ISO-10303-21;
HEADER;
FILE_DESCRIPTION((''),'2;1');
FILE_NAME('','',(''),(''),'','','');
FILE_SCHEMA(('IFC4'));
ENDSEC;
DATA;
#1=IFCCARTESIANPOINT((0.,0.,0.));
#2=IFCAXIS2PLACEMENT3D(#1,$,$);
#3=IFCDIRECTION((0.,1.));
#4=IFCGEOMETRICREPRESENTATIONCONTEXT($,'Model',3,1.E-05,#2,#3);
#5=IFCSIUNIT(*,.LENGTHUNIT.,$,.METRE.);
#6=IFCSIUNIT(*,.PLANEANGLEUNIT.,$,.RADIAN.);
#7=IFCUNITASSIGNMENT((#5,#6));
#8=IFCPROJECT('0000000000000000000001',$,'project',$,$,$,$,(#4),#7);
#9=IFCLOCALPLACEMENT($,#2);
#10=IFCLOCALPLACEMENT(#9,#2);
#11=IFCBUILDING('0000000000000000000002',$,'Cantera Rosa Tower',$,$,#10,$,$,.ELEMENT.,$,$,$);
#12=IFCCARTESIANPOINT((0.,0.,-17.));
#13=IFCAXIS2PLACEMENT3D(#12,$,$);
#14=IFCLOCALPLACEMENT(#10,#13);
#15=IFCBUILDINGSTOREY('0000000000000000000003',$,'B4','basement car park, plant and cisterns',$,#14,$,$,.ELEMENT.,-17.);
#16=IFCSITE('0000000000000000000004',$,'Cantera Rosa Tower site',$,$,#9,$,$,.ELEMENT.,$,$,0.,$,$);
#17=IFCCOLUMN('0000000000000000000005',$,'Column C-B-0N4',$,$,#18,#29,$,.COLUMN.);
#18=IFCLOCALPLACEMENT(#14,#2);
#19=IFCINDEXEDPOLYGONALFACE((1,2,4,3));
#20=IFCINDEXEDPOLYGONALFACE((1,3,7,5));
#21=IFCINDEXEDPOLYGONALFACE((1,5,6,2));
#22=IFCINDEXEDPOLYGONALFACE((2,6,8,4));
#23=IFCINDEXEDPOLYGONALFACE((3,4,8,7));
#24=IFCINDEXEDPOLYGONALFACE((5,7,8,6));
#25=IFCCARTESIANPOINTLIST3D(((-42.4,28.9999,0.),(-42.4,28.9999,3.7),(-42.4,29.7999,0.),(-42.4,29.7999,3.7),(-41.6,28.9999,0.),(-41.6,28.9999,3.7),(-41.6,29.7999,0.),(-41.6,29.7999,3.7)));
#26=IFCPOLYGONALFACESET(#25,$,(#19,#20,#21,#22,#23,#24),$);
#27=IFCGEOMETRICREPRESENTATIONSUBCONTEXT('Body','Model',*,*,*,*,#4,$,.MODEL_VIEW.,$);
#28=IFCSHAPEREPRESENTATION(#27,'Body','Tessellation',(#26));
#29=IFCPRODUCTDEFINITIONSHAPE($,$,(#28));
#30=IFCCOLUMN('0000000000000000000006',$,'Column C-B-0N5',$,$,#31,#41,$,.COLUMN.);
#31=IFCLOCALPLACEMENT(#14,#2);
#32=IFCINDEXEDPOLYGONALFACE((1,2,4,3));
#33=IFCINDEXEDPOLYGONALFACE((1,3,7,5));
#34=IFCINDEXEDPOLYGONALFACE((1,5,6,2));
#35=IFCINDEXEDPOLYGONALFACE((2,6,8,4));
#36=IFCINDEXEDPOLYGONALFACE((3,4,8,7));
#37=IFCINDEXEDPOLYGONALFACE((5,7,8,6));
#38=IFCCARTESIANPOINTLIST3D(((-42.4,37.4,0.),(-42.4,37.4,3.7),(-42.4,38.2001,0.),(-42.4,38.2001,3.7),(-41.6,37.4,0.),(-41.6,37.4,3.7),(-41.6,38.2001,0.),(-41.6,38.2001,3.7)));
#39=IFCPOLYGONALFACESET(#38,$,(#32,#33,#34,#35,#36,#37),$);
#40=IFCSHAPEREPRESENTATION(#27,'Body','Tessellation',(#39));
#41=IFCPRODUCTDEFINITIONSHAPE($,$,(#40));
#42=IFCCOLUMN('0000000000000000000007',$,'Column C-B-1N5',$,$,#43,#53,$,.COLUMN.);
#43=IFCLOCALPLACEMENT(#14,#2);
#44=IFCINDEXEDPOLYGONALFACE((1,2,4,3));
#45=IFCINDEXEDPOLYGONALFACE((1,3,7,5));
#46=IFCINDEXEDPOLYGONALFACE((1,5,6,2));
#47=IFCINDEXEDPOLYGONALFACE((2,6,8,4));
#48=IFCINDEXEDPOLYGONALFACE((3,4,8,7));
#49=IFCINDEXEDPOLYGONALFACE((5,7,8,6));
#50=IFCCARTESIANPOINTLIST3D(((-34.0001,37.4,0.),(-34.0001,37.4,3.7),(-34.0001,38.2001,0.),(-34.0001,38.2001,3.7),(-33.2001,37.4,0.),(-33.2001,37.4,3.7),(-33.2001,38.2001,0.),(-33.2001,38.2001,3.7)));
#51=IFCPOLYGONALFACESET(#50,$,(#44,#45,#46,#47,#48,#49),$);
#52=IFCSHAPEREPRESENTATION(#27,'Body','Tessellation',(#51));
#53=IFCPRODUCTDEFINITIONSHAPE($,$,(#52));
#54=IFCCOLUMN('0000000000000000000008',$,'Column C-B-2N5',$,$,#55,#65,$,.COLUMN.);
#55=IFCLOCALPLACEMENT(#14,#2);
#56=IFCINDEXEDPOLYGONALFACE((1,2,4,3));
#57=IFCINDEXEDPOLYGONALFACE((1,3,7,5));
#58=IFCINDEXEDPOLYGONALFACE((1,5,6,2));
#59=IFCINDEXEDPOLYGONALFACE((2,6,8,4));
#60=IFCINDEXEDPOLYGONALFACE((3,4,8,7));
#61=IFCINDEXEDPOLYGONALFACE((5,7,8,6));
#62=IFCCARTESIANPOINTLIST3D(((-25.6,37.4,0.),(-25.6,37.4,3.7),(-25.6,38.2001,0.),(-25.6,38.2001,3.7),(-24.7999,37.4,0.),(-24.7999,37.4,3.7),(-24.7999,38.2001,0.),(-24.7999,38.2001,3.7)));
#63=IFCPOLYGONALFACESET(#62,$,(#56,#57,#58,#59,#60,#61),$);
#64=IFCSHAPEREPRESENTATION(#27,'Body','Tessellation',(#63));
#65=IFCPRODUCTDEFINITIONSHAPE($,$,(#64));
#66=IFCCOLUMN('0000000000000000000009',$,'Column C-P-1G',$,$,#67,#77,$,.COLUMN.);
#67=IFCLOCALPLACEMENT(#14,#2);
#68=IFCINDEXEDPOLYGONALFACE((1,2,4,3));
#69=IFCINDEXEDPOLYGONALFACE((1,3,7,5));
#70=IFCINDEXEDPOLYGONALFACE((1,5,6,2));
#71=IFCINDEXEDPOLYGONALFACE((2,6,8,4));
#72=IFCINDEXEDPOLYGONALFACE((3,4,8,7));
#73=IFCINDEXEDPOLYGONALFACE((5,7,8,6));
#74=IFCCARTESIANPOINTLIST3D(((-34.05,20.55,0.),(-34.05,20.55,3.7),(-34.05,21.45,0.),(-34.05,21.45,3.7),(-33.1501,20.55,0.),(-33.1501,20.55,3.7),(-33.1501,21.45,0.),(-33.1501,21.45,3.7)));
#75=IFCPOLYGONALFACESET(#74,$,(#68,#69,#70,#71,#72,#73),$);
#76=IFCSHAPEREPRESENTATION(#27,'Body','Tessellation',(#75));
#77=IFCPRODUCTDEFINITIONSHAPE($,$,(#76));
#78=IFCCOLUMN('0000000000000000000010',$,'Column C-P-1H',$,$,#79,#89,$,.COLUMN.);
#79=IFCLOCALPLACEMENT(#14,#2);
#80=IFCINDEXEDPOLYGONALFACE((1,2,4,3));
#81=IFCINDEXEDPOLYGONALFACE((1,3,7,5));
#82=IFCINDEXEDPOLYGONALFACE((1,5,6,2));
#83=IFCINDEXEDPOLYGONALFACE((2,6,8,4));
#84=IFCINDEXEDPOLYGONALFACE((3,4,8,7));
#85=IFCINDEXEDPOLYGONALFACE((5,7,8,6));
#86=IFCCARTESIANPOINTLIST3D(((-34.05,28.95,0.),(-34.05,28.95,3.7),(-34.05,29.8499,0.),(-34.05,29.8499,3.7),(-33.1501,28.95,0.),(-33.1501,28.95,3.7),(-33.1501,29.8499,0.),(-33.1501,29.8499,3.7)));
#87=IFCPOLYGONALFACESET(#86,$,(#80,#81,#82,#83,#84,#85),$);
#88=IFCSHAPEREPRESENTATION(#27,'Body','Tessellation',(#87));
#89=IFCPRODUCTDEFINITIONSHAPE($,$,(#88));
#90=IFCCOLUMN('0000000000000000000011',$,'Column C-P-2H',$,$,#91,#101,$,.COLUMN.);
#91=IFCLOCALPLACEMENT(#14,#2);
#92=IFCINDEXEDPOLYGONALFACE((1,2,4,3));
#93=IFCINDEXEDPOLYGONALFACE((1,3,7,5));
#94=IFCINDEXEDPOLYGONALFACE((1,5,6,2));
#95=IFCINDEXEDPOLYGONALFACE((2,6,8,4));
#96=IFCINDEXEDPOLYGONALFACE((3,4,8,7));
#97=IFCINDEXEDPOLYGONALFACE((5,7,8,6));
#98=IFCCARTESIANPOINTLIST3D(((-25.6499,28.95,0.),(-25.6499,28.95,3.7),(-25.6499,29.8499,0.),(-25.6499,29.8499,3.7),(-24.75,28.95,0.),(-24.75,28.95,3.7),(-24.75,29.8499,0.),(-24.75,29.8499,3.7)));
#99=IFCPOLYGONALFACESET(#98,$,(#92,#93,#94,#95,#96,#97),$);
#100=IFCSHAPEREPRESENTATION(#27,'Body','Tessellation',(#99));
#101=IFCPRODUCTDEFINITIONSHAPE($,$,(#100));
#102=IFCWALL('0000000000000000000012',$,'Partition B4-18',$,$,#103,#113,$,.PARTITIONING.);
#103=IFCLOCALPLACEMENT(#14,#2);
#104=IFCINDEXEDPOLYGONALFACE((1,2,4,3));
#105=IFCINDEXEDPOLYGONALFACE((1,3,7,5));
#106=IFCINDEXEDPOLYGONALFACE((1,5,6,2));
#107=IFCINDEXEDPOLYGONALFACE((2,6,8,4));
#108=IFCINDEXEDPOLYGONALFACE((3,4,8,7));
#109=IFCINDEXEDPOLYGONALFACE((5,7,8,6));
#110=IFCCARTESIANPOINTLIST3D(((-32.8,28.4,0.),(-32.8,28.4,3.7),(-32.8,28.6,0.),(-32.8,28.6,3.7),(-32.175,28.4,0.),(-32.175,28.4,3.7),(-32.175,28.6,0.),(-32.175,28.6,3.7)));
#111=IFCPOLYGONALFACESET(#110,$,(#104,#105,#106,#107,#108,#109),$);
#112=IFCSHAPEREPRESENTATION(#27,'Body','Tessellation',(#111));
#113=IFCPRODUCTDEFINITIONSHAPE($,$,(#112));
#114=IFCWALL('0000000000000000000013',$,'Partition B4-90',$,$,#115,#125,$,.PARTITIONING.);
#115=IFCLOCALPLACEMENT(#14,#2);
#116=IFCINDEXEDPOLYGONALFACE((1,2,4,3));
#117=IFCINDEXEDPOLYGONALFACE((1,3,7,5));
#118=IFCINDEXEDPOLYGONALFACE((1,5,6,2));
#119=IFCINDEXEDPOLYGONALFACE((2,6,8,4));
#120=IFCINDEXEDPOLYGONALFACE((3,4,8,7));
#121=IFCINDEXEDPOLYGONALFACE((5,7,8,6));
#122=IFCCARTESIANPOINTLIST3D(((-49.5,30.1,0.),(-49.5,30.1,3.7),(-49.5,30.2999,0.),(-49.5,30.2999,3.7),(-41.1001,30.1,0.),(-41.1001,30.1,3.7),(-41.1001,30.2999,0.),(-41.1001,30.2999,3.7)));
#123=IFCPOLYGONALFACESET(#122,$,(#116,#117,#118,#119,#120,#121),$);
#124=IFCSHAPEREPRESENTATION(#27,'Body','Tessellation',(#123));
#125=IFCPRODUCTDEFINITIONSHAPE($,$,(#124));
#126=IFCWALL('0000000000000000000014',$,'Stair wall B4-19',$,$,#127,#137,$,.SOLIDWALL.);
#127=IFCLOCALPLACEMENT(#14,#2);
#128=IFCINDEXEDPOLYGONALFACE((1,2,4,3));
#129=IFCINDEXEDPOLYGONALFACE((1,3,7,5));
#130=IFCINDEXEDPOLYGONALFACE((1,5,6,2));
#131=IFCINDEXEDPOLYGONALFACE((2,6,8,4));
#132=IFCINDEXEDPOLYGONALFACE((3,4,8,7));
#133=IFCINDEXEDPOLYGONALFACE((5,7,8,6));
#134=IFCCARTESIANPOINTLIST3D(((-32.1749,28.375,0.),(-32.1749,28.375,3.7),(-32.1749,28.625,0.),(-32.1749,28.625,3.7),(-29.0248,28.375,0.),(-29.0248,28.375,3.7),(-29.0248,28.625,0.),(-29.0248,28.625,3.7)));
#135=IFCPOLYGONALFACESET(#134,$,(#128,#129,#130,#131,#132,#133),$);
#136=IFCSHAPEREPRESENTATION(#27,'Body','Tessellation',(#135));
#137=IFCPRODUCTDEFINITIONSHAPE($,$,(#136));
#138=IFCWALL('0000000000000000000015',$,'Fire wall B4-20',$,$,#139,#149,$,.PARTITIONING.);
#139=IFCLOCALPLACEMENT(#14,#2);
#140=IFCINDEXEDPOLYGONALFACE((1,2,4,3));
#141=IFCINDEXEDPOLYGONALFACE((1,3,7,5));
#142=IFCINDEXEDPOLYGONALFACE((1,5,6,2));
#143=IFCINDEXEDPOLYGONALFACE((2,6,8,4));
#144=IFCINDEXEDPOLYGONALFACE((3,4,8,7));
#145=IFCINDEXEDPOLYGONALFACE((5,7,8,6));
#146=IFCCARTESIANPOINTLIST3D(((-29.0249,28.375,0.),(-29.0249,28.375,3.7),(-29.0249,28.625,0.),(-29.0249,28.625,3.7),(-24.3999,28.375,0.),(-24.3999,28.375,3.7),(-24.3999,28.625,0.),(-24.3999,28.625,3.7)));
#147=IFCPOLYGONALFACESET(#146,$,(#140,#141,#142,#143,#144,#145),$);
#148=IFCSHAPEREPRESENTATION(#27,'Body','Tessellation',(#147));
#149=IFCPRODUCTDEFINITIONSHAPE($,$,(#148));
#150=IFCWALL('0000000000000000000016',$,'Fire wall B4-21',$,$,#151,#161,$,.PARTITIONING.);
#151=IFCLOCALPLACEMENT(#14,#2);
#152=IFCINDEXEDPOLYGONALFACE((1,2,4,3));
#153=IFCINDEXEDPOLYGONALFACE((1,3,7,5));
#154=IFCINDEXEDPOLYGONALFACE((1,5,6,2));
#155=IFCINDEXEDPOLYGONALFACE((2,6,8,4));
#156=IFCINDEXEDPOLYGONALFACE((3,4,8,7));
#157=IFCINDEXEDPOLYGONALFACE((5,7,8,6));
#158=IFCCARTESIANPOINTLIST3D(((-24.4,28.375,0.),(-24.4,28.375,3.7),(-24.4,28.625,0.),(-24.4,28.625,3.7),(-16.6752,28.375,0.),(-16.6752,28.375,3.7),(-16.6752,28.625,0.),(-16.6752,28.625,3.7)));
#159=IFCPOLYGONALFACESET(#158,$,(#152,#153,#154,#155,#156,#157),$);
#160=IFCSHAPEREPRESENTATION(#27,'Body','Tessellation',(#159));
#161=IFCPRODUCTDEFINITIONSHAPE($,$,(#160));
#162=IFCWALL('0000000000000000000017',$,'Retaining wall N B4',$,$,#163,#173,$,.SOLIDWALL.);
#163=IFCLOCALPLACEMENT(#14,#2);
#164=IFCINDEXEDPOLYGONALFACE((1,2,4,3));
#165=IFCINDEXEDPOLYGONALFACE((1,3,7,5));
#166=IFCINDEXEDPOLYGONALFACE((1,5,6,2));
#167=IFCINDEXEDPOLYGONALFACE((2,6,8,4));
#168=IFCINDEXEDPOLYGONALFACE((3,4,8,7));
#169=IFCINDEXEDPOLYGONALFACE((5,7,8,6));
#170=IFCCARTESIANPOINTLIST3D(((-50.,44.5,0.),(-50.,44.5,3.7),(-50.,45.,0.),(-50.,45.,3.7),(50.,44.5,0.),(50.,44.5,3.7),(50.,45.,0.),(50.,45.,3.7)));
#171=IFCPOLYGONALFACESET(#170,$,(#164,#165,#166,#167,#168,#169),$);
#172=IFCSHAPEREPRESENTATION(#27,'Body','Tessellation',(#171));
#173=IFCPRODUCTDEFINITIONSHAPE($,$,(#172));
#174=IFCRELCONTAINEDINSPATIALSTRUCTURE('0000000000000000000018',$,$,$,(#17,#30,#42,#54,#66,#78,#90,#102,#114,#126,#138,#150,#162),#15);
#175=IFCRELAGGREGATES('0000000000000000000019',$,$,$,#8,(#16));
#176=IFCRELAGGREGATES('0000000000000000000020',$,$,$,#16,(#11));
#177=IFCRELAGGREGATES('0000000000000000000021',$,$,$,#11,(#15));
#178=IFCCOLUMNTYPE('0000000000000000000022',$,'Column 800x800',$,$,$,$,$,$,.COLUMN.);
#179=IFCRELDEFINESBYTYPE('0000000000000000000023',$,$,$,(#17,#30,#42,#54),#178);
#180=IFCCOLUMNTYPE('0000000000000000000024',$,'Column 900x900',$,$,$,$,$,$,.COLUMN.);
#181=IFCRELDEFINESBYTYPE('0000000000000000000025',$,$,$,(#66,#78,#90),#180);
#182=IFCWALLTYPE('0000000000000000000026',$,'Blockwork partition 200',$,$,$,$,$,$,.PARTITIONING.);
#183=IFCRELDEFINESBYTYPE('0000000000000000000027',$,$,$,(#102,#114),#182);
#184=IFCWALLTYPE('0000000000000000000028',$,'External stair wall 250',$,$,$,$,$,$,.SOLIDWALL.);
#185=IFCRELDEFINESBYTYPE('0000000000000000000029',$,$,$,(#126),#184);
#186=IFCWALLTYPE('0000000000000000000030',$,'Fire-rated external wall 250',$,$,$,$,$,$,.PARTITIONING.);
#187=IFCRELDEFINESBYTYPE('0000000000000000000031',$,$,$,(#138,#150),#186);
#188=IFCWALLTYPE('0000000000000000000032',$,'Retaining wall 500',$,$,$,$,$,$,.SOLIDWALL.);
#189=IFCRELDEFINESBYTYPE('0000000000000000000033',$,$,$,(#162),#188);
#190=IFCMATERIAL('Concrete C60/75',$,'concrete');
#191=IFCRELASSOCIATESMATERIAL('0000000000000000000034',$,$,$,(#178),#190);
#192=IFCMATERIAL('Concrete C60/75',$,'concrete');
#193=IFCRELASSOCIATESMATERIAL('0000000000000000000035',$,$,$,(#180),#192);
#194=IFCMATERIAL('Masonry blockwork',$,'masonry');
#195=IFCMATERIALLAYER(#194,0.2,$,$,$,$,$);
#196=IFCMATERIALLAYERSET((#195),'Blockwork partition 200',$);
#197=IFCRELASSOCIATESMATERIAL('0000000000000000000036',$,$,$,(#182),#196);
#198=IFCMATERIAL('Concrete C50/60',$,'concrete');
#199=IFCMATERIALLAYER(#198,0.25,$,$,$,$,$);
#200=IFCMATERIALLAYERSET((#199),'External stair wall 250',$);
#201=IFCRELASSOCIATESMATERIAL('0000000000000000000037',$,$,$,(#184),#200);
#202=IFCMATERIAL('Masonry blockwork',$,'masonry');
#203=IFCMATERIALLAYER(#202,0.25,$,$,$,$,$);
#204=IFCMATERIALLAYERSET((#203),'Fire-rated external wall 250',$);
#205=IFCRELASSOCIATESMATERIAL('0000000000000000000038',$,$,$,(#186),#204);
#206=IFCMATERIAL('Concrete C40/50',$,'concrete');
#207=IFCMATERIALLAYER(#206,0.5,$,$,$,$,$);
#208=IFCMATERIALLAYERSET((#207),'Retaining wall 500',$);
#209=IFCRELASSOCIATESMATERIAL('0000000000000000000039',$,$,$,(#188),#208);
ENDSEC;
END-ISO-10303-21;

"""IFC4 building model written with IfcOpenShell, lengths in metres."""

from ifc_helpers import new_model, si_unit, direction, frame, frame_2d, origin, origin_2d, place, context, subcontext, project, spatial, rectangle, extrude, material, layer, layer_set, material_profile, profile_set, type_object, element, save


model = new_model("IFC4")

# Units and contexts
model_context = context("Model", 3, precision=1e-05, world=origin(), true_north=direction((0.0, 1.0)))
body_context = subcontext(model_context, "Body", "Model", "MODEL_VIEW")
ifc_project = project(units=[si_unit("LENGTHUNIT", "METRE"), si_unit("PLANEANGLEUNIT", "RADIAN")], contexts=[model_context])

# Site, building, storey
site_placement = place(None, origin())
site = spatial("IfcSite", under=ifc_project, at=site_placement, Name="Cantera Rosa Tower site", CompositionType="ELEMENT", RefElevation=0.0)
building_placement = place(site_placement, origin())
building = spatial("IfcBuilding", under=site, at=building_placement, Name="Cantera Rosa Tower", CompositionType="ELEMENT")
storey_placement = place(building_placement, frame((0.0, 0.0, -17.0)))
storey = spatial("IfcBuildingStorey", under=building, at=storey_placement, Name="B4", Description="basement car park, plant and cisterns", CompositionType="ELEMENT", Elevation=-17.0)

# Columns
ifc_material_1 = material(Name="Concrete C60/75", Category="concrete")
ifc_material_profile_1 = material_profile(ifc_material_1, rectangle(XDim=0.8, YDim=0.8, at=origin_2d()), Name="Column 800x800")
ifc_profile_set_1 = profile_set([ifc_material_profile_1], Name="Concrete C60/75")
column_type_1 = type_object("IfcColumnType", Name="Column 800x800", PredefinedType="COLUMN", material=ifc_profile_set_1)
for number, where, z_axis, x_axis, name in (
    (1, (-42.0, 29.3999, 0.0), (0.0, 0.0, 1.0), (1.0, 0.0, 0.0), "Column C-B-0N4"),
    (2, (-42.0, 37.8, 0.0), (0.0, 0.0, 1.0), (1.0, 0.0, 0.0), "Column C-B-0N5"),
    (3, (-33.6001, 37.8, 0.0), (0.0, 0.0, 1.0), (1.0, 0.0, 0.0), "Column C-B-1N5"),
    (4, (-25.2, 37.8, 0.0), (0.0, 0.0, 1.0), (1.0, 0.0, 0.0), "Column C-B-2N5"),
):
    element("IfcColumn", number, at=place(storey_placement, frame(where, z_axis=z_axis, x_axis=x_axis)), inside=storey, type_object=column_type_1, Name=name, PredefinedType="COLUMN", context=body_context, shape_type="SweptSolid", body=[
        extrude(rectangle(XDim=0.8, YDim=0.8, at=origin_2d()), origin(), (0.0, 0.0, 1.0), 3.7),
    ])
ifc_material_2 = material(Name="Concrete C60/75", Category="concrete")
ifc_material_profile_2 = material_profile(ifc_material_2, rectangle(XDim=0.8999, YDim=0.8999, at=origin_2d()), Name="Column 900x900")
ifc_profile_set_2 = profile_set([ifc_material_profile_2], Name="Concrete C60/75")
column_type_2 = type_object("IfcColumnType", Name="Column 900x900", PredefinedType="COLUMN", material=ifc_profile_set_2)
for number, where, z_axis, x_axis, name in (
    (5, (-33.6001, 21.0, 0.0), (0.0, 0.0, 1.0), (1.0, 0.0, 0.0), "Column C-P-1G"),
    (6, (-33.6001, 29.3999, 0.0), (0.0, 0.0, 1.0), (1.0, 0.0, 0.0), "Column C-P-1H"),
    (7, (-25.2, 29.3999, 0.0), (0.0, 0.0, 1.0), (1.0, 0.0, 0.0), "Column C-P-2H"),
):
    element("IfcColumn", number, at=place(storey_placement, frame(where, z_axis=z_axis, x_axis=x_axis)), inside=storey, type_object=column_type_2, Name=name, PredefinedType="COLUMN", context=body_context, shape_type="SweptSolid", body=[
        extrude(rectangle(XDim=0.8999, YDim=0.8999, at=origin_2d()), origin(), (0.0, 0.0, 1.0), 3.7),
    ])

# Walls
ifc_material_3 = material(Name="Masonry blockwork", Category="masonry")
ifc_layer_1 = layer(ifc_material_3, 0.2)
ifc_layer_set_1 = layer_set([ifc_layer_1], Name="Blockwork partition 200")
wall_type_1 = type_object("IfcWallType", Name="Blockwork partition 200", PredefinedType="PARTITIONING", material=ifc_layer_set_1)
wall_1_placement = place(storey_placement, frame((-32.8, 28.5, 0.0), z_axis=(0.0, 0.0, 1.0), x_axis=(1.0, 0.0, 0.0)))
element("IfcWall", 8, at=wall_1_placement, inside=storey, type_object=wall_type_1, Name="Partition B4-18", PredefinedType="PARTITIONING", context=body_context, shape_type="SweptSolid", body=[
    extrude(rectangle(XDim=0.625, YDim=0.2, at=frame_2d((0.3125, 0.0))), origin(), (0.0, 0.0, 1.0), 3.7),
])
wall_2_placement = place(storey_placement, frame((-49.5, 30.2, 0.0), z_axis=(0.0, 0.0, 1.0), x_axis=(1.0, 0.0, 0.0)))
element("IfcWall", 9, at=wall_2_placement, inside=storey, type_object=wall_type_1, Name="Partition B4-90", PredefinedType="PARTITIONING", context=body_context, shape_type="SweptSolid", body=[
    extrude(rectangle(XDim=8.3999, YDim=0.2, at=frame_2d((4.2, 0.0))), origin(), (0.0, 0.0, 1.0), 3.7),
])
ifc_material_4 = material(Name="Concrete C50/60", Category="concrete")
ifc_layer_2 = layer(ifc_material_4, 0.25)
ifc_layer_set_2 = layer_set([ifc_layer_2], Name="External stair wall 250")
wall_type_2 = type_object("IfcWallType", Name="External stair wall 250", PredefinedType="SOLIDWALL", material=ifc_layer_set_2)
wall_3_placement = place(storey_placement, frame((-32.175, 28.5, 0.0), z_axis=(0.0, 0.0, 1.0), x_axis=(1.0, 0.0, 0.0)))
element("IfcWall", 10, at=wall_3_placement, inside=storey, type_object=wall_type_2, Name="Stair wall B4-19", PredefinedType="SOLIDWALL", context=body_context, shape_type="SweptSolid", body=[
    extrude(rectangle(XDim=3.1501, YDim=0.25, at=frame_2d((1.5752, 0.0))), origin(), (0.0, 0.0, 1.0), 3.7),
])
ifc_material_5 = material(Name="Masonry blockwork", Category="masonry")
ifc_layer_3 = layer(ifc_material_5, 0.25)
ifc_layer_set_3 = layer_set([ifc_layer_3], Name="Fire-rated external wall 250")
wall_type_3 = type_object("IfcWallType", Name="Fire-rated external wall 250", PredefinedType="PARTITIONING", material=ifc_layer_set_3)
wall_4_placement = place(storey_placement, frame((-29.0249, 28.5, 0.0), z_axis=(0.0, 0.0, 1.0), x_axis=(1.0, 0.0, 0.0)))
element("IfcWall", 11, at=wall_4_placement, inside=storey, type_object=wall_type_3, Name="Fire wall B4-20", PredefinedType="PARTITIONING", context=body_context, shape_type="SweptSolid", body=[
    extrude(rectangle(XDim=4.625, YDim=0.25, at=frame_2d((2.3125, 0.0))), origin(), (0.0, 0.0, 1.0), 3.7),
])
wall_5_placement = place(storey_placement, frame((-24.3999, 28.5, 0.0), z_axis=(0.0, 0.0, 1.0), x_axis=(1.0, 0.0, 0.0)))
element("IfcWall", 12, at=wall_5_placement, inside=storey, type_object=wall_type_3, Name="Fire wall B4-21", PredefinedType="PARTITIONING", context=body_context, shape_type="SweptSolid", body=[
    extrude(rectangle(XDim=7.7249, YDim=0.25, at=frame_2d((3.8623, 0.0))), origin(), (0.0, 0.0, 1.0), 3.7),
])
ifc_material_6 = material(Name="Concrete C40/50", Category="concrete")
ifc_layer_4 = layer(ifc_material_6, 0.5)
ifc_layer_set_4 = layer_set([ifc_layer_4], Name="Retaining wall 500")
wall_type_4 = type_object("IfcWallType", Name="Retaining wall 500", PredefinedType="SOLIDWALL", material=ifc_layer_set_4)
wall_6_placement = place(storey_placement, frame((-50.0, 44.75, 0.0), z_axis=(0.0, 0.0, 1.0), x_axis=(1.0, 0.0, 0.0)))
element("IfcWall", 13, at=wall_6_placement, inside=storey, type_object=wall_type_4, Name="Retaining wall N B4", PredefinedType="SOLIDWALL", context=body_context, shape_type="SweptSolid", body=[
    extrude(rectangle(XDim=100.0, YDim=0.5, at=frame_2d((50.0, 0.0))), origin(), (0.0, 0.0, 1.0), 3.7),
])

save(model, "model.ifc")
